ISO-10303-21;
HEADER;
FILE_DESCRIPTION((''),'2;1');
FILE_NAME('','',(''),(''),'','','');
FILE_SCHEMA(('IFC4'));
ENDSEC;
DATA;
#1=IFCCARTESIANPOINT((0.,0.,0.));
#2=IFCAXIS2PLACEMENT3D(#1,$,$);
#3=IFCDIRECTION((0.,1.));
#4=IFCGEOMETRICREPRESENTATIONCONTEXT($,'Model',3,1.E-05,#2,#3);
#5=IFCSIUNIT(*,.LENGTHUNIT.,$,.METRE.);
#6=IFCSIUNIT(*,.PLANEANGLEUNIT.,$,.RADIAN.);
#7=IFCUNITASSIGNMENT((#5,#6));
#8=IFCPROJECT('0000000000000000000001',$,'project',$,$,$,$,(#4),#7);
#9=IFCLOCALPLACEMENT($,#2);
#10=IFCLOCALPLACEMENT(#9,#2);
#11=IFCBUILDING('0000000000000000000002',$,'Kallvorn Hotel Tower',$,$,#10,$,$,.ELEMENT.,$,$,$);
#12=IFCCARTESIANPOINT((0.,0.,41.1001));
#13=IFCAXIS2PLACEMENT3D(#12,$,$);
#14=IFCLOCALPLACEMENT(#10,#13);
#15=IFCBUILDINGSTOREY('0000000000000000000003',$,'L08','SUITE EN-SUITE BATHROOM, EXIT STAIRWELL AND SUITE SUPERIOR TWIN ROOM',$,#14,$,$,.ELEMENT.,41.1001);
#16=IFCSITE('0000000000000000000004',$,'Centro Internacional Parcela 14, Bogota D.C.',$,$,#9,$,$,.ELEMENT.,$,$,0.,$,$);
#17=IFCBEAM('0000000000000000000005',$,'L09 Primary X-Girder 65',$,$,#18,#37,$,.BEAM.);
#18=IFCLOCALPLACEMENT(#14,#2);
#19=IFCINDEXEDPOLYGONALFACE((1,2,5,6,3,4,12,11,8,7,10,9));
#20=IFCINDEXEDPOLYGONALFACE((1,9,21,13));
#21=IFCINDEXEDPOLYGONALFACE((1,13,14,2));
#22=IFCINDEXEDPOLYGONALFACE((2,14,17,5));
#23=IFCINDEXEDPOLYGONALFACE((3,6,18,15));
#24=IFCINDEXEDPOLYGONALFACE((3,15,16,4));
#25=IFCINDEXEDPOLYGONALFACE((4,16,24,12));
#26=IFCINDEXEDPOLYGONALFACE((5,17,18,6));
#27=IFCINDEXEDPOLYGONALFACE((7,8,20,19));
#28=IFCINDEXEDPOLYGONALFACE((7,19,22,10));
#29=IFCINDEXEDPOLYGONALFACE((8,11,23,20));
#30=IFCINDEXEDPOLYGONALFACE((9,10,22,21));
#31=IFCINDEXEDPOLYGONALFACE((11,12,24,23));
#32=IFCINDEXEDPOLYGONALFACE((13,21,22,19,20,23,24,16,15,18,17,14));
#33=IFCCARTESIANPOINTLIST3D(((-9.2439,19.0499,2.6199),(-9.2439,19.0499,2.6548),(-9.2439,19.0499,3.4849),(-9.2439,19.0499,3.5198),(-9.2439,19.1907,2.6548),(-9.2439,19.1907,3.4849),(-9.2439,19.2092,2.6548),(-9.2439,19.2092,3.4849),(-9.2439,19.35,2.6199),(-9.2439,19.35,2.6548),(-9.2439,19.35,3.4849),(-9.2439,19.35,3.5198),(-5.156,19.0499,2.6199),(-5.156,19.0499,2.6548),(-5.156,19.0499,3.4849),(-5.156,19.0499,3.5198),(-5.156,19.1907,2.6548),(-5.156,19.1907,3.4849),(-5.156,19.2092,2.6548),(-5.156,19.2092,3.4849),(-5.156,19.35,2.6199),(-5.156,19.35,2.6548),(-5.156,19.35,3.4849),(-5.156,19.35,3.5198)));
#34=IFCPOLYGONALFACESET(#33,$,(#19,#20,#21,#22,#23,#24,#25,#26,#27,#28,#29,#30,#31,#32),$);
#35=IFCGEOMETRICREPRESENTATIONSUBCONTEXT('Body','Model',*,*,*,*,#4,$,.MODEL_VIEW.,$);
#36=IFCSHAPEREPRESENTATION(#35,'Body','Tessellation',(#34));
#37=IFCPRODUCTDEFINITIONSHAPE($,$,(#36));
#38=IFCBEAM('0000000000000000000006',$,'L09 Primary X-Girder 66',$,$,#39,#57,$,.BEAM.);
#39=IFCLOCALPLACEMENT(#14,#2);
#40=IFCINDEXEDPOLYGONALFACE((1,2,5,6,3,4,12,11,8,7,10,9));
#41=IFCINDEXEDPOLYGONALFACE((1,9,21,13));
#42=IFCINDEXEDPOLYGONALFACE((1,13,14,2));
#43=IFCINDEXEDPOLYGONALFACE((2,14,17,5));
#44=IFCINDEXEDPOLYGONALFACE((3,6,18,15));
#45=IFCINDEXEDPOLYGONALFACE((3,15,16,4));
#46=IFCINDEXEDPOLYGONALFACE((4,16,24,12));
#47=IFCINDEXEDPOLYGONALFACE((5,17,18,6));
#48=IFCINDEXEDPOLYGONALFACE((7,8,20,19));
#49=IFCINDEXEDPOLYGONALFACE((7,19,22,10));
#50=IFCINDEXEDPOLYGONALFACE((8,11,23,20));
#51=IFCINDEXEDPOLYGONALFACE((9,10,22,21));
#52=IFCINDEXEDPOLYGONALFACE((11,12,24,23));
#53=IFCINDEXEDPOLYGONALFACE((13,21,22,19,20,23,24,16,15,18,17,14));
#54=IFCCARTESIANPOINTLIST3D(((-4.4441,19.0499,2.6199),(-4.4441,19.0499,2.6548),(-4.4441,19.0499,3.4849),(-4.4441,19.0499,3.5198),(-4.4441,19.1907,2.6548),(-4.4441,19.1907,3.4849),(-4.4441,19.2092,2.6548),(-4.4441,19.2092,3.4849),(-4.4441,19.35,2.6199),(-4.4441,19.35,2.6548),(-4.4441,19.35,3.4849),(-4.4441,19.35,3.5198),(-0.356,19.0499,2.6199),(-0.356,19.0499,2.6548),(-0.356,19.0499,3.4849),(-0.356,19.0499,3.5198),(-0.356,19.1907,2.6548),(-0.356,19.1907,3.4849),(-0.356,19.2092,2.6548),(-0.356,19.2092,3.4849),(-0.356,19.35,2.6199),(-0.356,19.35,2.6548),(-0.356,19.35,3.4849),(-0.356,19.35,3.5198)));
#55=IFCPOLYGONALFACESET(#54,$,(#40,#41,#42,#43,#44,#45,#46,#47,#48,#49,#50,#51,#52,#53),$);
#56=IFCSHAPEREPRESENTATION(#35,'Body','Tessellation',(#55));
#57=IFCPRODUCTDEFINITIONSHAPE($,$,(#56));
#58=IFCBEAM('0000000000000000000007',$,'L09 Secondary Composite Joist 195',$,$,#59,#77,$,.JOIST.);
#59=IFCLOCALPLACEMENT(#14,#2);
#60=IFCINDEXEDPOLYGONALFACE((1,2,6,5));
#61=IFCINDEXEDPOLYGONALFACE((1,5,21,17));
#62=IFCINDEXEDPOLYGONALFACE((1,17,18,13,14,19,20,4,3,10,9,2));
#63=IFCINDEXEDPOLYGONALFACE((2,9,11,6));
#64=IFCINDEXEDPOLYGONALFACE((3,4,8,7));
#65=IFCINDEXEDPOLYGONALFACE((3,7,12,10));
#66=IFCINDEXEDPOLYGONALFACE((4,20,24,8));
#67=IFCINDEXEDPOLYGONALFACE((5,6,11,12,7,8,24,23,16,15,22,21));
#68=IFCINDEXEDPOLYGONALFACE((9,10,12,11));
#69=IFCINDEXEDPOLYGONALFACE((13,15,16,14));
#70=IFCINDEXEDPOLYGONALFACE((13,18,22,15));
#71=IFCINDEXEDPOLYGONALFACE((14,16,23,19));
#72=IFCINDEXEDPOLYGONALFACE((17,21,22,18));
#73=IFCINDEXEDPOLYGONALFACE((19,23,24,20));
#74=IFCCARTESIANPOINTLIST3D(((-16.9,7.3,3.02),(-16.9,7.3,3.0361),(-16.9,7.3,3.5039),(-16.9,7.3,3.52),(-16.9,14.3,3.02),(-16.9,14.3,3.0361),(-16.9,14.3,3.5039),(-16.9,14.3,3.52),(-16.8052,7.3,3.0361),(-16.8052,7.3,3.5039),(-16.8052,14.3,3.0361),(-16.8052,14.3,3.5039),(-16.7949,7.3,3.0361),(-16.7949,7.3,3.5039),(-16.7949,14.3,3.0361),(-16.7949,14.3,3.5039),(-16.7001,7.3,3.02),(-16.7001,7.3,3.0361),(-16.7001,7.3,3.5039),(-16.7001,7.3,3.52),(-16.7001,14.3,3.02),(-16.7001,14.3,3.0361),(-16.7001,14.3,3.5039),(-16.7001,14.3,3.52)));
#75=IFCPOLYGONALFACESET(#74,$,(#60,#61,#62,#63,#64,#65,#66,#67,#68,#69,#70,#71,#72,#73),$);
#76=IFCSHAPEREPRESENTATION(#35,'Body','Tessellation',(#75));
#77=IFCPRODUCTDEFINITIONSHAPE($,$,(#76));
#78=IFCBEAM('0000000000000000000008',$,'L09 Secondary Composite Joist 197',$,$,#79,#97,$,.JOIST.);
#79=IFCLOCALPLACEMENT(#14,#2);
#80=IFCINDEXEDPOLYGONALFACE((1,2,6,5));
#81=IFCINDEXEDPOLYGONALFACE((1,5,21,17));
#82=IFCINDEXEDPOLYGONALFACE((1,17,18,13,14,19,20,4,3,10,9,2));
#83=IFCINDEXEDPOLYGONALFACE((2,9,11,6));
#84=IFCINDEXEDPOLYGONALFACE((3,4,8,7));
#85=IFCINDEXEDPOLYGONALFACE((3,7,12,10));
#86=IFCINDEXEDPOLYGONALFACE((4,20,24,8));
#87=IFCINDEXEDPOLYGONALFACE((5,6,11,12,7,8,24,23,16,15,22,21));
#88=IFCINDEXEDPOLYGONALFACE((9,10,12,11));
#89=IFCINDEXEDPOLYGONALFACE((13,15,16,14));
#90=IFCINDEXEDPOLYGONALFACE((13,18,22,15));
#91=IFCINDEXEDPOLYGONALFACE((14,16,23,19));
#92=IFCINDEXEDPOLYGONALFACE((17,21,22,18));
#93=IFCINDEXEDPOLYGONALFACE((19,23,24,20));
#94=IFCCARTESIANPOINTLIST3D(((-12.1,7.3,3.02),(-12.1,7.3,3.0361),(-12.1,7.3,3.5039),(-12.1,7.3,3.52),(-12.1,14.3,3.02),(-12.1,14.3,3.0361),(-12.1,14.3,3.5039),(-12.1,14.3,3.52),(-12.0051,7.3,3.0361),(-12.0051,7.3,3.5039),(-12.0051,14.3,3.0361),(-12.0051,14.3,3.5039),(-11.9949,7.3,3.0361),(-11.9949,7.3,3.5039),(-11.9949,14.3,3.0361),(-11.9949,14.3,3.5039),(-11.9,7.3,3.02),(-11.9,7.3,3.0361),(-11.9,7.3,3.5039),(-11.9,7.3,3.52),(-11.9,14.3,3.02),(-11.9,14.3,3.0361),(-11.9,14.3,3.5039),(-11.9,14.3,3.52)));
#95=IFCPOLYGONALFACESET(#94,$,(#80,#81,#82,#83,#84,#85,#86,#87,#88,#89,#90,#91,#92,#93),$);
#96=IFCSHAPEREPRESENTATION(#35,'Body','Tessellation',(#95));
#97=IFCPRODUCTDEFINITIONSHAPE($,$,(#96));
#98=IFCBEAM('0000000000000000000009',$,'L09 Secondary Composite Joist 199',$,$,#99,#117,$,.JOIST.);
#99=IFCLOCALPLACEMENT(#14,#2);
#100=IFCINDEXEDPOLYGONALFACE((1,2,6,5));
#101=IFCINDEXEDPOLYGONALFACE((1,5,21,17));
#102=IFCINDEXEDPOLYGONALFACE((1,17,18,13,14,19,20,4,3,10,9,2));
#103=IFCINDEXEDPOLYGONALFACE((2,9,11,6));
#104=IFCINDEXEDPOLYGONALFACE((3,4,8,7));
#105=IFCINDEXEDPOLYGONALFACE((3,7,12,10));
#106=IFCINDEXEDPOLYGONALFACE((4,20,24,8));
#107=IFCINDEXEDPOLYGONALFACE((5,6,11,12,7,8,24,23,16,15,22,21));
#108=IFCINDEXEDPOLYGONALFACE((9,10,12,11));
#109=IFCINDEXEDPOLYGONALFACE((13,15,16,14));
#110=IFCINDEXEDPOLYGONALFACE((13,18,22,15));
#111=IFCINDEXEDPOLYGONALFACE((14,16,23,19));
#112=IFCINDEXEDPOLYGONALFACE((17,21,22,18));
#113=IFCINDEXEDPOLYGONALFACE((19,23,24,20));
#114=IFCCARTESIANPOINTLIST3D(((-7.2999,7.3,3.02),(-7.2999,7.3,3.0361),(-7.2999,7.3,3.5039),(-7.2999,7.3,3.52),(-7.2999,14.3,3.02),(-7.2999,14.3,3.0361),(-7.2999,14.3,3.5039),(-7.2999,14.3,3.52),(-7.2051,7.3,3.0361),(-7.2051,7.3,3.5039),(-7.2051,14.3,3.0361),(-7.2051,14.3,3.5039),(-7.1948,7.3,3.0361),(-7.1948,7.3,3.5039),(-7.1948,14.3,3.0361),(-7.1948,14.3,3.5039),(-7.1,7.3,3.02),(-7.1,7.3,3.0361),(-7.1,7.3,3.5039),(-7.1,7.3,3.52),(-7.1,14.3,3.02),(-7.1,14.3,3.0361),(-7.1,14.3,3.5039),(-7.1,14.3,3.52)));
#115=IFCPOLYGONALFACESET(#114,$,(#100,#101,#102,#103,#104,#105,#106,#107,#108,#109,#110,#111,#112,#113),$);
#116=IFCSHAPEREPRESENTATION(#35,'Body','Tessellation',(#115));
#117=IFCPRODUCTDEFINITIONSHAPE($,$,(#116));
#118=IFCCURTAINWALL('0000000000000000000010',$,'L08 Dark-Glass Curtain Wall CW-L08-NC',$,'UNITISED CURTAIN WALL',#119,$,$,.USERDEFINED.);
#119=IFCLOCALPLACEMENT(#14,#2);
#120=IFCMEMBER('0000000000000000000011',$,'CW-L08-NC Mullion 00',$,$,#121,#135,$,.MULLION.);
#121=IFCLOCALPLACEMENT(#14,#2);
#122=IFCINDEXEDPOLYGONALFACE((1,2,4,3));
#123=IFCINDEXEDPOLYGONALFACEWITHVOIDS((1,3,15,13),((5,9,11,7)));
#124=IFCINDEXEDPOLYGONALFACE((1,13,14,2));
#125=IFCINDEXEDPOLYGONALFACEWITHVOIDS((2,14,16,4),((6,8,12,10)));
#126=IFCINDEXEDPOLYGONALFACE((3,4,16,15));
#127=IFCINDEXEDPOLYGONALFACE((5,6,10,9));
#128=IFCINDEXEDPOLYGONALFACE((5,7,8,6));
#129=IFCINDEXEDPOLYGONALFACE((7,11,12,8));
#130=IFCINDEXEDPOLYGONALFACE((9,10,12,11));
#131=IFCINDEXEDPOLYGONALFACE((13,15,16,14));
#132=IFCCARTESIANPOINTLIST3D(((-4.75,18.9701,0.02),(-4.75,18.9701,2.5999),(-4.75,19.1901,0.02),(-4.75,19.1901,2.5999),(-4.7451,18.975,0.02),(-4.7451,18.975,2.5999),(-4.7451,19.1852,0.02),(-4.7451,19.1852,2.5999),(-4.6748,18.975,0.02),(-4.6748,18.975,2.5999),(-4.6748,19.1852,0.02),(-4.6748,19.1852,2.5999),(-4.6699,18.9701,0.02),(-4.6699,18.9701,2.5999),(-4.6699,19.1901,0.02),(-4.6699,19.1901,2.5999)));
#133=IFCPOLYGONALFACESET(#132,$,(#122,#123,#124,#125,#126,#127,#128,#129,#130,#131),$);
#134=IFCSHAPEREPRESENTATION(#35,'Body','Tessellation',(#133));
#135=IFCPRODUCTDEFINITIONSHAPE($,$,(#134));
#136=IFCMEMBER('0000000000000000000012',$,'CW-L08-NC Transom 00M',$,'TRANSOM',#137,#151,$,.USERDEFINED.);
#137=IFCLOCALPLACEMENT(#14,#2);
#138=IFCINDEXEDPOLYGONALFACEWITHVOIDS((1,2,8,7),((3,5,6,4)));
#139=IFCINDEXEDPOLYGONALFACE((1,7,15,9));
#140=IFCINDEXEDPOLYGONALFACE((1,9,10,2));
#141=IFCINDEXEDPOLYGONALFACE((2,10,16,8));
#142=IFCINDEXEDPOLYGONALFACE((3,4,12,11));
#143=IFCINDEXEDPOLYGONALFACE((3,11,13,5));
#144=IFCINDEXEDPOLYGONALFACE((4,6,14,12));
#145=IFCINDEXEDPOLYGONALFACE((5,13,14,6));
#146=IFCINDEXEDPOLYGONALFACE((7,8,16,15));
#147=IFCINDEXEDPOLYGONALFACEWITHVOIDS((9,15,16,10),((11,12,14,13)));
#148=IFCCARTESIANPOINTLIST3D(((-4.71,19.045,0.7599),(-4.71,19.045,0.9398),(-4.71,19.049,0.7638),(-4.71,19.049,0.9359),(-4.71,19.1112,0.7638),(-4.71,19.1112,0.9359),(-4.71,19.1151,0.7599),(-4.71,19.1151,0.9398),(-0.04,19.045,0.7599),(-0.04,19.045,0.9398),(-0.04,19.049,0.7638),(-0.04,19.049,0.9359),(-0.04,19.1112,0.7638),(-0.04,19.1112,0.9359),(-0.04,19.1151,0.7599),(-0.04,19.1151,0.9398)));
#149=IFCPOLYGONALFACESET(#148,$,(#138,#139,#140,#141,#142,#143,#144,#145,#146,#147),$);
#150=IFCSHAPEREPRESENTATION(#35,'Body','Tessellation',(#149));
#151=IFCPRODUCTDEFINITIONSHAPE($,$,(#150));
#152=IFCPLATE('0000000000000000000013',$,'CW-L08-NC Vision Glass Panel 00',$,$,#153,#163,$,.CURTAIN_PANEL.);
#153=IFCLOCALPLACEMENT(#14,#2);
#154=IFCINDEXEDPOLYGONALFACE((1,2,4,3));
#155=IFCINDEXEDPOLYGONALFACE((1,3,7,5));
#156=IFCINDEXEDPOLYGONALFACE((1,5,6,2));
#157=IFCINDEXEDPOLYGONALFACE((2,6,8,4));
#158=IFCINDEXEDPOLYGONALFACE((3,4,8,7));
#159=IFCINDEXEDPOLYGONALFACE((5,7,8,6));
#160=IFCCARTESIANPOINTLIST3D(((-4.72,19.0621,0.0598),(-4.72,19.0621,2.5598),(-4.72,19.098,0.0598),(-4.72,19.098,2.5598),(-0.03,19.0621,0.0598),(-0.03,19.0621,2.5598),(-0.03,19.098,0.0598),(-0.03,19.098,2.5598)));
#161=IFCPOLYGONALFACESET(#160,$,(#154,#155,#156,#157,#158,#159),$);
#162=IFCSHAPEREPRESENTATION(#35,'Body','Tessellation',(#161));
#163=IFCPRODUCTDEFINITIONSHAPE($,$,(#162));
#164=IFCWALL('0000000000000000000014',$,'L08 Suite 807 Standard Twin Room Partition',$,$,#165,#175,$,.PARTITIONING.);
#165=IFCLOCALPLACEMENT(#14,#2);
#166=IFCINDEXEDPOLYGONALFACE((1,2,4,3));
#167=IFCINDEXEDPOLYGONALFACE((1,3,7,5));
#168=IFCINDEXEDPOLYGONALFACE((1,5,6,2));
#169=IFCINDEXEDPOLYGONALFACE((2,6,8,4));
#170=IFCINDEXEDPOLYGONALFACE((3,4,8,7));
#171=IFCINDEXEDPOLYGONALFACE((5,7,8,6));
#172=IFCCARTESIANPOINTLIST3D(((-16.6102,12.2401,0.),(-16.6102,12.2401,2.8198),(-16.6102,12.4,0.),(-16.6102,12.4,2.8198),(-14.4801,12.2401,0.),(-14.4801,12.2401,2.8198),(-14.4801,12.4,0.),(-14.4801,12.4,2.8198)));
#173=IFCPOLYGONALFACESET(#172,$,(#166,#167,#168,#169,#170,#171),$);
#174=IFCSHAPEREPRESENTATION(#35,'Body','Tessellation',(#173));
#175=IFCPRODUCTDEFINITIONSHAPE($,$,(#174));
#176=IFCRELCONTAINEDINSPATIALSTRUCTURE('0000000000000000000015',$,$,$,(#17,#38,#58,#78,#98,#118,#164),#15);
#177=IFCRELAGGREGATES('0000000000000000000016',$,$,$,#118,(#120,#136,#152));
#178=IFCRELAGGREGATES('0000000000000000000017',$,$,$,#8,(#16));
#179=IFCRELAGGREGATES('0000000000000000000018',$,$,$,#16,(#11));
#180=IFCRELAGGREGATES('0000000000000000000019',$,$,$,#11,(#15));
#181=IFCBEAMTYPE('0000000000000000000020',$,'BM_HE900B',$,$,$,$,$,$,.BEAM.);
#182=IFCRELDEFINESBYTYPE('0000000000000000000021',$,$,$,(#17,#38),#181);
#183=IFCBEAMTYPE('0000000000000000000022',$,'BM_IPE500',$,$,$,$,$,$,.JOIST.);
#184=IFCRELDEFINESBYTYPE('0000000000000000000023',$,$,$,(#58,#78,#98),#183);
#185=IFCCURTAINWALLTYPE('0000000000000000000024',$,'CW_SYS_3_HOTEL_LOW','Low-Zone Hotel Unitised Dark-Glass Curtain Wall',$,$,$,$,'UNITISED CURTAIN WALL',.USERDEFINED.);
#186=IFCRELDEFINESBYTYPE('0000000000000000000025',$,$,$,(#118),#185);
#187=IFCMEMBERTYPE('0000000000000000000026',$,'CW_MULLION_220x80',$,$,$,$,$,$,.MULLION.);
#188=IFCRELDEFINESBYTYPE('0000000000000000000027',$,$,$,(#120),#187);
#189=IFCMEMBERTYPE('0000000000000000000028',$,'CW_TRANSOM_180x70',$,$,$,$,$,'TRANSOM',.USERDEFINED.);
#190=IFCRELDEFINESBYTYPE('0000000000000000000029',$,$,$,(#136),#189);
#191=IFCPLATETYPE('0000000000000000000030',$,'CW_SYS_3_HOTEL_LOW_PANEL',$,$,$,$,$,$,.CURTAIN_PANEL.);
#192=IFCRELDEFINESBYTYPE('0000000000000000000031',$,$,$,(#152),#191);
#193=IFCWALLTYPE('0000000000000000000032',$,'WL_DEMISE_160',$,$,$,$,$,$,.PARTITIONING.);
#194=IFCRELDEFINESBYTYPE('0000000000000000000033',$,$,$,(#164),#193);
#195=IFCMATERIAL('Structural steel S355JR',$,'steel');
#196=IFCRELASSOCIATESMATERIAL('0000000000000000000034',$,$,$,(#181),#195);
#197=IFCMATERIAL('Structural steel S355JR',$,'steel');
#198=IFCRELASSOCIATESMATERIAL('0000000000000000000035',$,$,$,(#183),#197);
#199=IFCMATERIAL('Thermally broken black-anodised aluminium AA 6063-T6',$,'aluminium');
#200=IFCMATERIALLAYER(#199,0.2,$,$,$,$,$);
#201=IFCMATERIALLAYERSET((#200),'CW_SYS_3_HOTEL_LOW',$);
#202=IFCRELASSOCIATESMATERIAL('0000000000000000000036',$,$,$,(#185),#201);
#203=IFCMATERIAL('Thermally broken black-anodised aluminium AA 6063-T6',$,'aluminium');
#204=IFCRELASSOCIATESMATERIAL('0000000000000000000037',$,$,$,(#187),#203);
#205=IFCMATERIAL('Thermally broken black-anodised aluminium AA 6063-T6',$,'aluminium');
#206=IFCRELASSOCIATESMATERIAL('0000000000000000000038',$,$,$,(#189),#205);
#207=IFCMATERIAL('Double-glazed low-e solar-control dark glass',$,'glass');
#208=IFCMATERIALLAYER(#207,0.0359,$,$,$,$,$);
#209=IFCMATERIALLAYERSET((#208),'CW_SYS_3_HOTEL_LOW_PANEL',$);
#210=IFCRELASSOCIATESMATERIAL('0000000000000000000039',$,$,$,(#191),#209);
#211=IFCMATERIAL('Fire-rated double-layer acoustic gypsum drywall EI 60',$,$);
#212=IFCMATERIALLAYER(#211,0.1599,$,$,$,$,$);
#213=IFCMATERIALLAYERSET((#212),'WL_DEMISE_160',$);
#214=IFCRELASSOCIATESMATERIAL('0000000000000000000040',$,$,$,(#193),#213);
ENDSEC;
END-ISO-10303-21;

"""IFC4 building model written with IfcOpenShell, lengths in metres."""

from ifc_helpers import new_model, si_unit, direction, frame, frame_2d, origin, origin_2d, place, context, subcontext, project, spatial, rectangle, hollow_rectangle, i_section, extrude, material, layer, layer_set, material_profile, profile_set, type_object, element, aggregate, save


model = new_model("IFC4")

# Units and contexts
model_context = context("Model", 3, precision=1e-05, world=origin(), true_north=direction((0.0, 1.0)))
body_context = subcontext(model_context, "Body", "Model", "MODEL_VIEW")
ifc_project = project(units=[si_unit("LENGTHUNIT", "METRE"), si_unit("PLANEANGLEUNIT", "RADIAN")], contexts=[model_context])

# Site, building, storey
site_placement = place(None, origin())
site = spatial("IfcSite", under=ifc_project, at=site_placement, Name="Centro Internacional Parcela 14, Bogota D.C.", CompositionType="ELEMENT", RefElevation=0.0)
building_placement = place(site_placement, origin())
building = spatial("IfcBuilding", under=site, at=building_placement, Name="Kallvorn Hotel Tower", CompositionType="ELEMENT")
storey_placement = place(building_placement, frame((0.0, 0.0, 41.1001)))
storey = spatial("IfcBuildingStorey", under=building, at=storey_placement, Name="L08", Description="SUITE EN-SUITE BATHROOM, EXIT STAIRWELL AND SUITE SUPERIOR TWIN ROOM", CompositionType="ELEMENT", Elevation=41.1001)

# Beams
ifc_material_1 = material(Name="Structural steel S355JR", Category="steel")
ifc_material_profile_1 = material_profile(ifc_material_1, i_section(OverallWidth=0.3, OverallDepth=0.8999, WebThickness=0.0186, FlangeThickness=0.0349, at=origin_2d()), Name="HE 900 B")
ifc_profile_set_1 = profile_set([ifc_material_profile_1], Name="Structural steel S355JR")
beam_type_1 = type_object("IfcBeamType", Name="BM_HE900B", PredefinedType="BEAM", material=ifc_profile_set_1)
for number, where, z_axis, x_axis, name in (
    (1, (-9.2439, 19.2, 3.0698), (1.0, 0.0, 0.0), (0.0, 1.0, 0.0), "L09 Primary X-Girder 65"),
):
    element("IfcBeam", number, at=place(storey_placement, frame(where, z_axis=z_axis, x_axis=x_axis)), inside=storey, type_object=beam_type_1, Name=name, PredefinedType="BEAM", context=body_context, shape_type="SweptSolid", body=[
        extrude(i_section(OverallWidth=0.3, OverallDepth=0.8999, WebThickness=0.0186, FlangeThickness=0.0349, at=origin_2d()), origin(), (0.0, 0.0, 1.0), 4.0879),
    ])
beam_1_placement = place(storey_placement, frame((-4.4441, 19.2, 3.0698), z_axis=(1.0, 0.0, 0.0), x_axis=(0.0, 1.0, 0.0)))
element("IfcBeam", 2, at=beam_1_placement, inside=storey, type_object=beam_type_1, Name="L09 Primary X-Girder 66", PredefinedType="BEAM", context=body_context, shape_type="SweptSolid", body=[
    extrude(i_section(OverallWidth=0.3, OverallDepth=0.8999, WebThickness=0.0186, FlangeThickness=0.0349, at=origin_2d()), origin(), (0.0, 0.0, 1.0), 4.0881),
])
ifc_material_2 = material(Name="Structural steel S355JR", Category="steel")
ifc_material_profile_2 = material_profile(ifc_material_2, i_section(OverallWidth=0.2, OverallDepth=0.5, WebThickness=0.0103, FlangeThickness=0.0161, at=origin_2d()), Name="IPE 500")
ifc_profile_set_2 = profile_set([ifc_material_profile_2], Name="Structural steel S355JR")
beam_type_2 = type_object("IfcBeamType", Name="BM_IPE500", PredefinedType="JOIST", material=ifc_profile_set_2)
for number, where, z_axis, x_axis, name in (
    (3, (-16.8, 7.3, 3.27), (0.0, 1.0, 0.0), (-1.0, 0.0, 0.0), "L09 Secondary Composite Joist 195"),
    (4, (-12.0, 7.3, 3.27), (0.0, 1.0, 0.0), (-1.0, 0.0, 0.0), "L09 Secondary Composite Joist 197"),
    (5, (-7.2, 7.3, 3.27), (0.0, 1.0, 0.0), (-1.0, 0.0, 0.0), "L09 Secondary Composite Joist 199"),
):
    element("IfcBeam", number, at=place(storey_placement, frame(where, z_axis=z_axis, x_axis=x_axis)), inside=storey, type_object=beam_type_2, Name=name, PredefinedType="JOIST", context=body_context, shape_type="SweptSolid", body=[
        extrude(i_section(OverallWidth=0.2, OverallDepth=0.5, WebThickness=0.0103, FlangeThickness=0.0161, at=origin_2d()), origin(), (0.0, 0.0, 1.0), 7.0),
    ])

# Curtain wall, members, plate
ifc_material_3 = material(Name="Thermally broken black-anodised aluminium AA 6063-T6", Category="aluminium")
ifc_layer_1 = layer(ifc_material_3, 0.2)
ifc_layer_set_1 = layer_set([ifc_layer_1], Name="CW_SYS_3_HOTEL_LOW")
curtain_wall_type = type_object("IfcCurtainWallType", Name="CW_SYS_3_HOTEL_LOW", Description="Low-Zone Hotel Unitised Dark-Glass Curtain Wall", ElementType="UNITISED CURTAIN WALL", PredefinedType="USERDEFINED", material=ifc_layer_set_1)
curtain_wall_placement = place(storey_placement, origin())
curtain_wall = element("IfcCurtainWall", 6, at=curtain_wall_placement, inside=storey, type_object=curtain_wall_type, Name="L08 Dark-Glass Curtain Wall CW-L08-NC", ObjectType="UNITISED CURTAIN WALL", PredefinedType="USERDEFINED")
ifc_material_4 = material(Name="Thermally broken black-anodised aluminium AA 6063-T6", Category="aluminium")
ifc_material_profile_3 = material_profile(ifc_material_4, hollow_rectangle(XDim=0.0801, YDim=0.22, WallThickness=0.0049, at=origin_2d()), Name="MUL 220x80")
ifc_profile_set_3 = profile_set([ifc_material_profile_3], Name="Thermally broken black-anodised aluminium AA 6063-T6")
member_type_1 = type_object("IfcMemberType", Name="CW_MULLION_220x80", PredefinedType="MULLION", material=ifc_profile_set_3)
member_1_placement = place(storey_placement, frame((-4.71, 19.0801, 0.02), z_axis=(0.0, 0.0, 1.0), x_axis=(1.0, 0.0, 0.0)))
member_1 = element("IfcMember", 7, at=member_1_placement, type_object=member_type_1, Name="CW-L08-NC Mullion 00", PredefinedType="MULLION", context=body_context, shape_type="SweptSolid", body=[
    extrude(hollow_rectangle(XDim=0.0801, YDim=0.22, WallThickness=0.0049, at=origin_2d()), origin(), (0.0, 0.0, 1.0), 2.5798),
])
ifc_material_5 = material(Name="Thermally broken black-anodised aluminium AA 6063-T6", Category="aluminium")
ifc_material_profile_4 = material_profile(ifc_material_5, hollow_rectangle(XDim=0.0701, YDim=0.1799, WallThickness=0.0039, at=origin_2d()), Name="TRN 180x70")
ifc_profile_set_4 = profile_set([ifc_material_profile_4], Name="Thermally broken black-anodised aluminium AA 6063-T6")
member_type_2 = type_object("IfcMemberType", Name="CW_TRANSOM_180x70", ElementType="TRANSOM", PredefinedType="USERDEFINED", material=ifc_profile_set_4)
member_2_placement = place(storey_placement, frame((-4.71, 19.0801, 0.8499), z_axis=(1.0, 0.0, 0.0), x_axis=(0.0, 1.0, 0.0)))
member_2 = element("IfcMember", 8, at=member_2_placement, type_object=member_type_2, Name="CW-L08-NC Transom 00M", ObjectType="TRANSOM", PredefinedType="USERDEFINED", context=body_context, shape_type="SweptSolid", body=[
    extrude(hollow_rectangle(XDim=0.0701, YDim=0.1799, WallThickness=0.0039, at=origin_2d()), origin(), (0.0, 0.0, 1.0), 4.6699),
])
ifc_material_6 = material(Name="Double-glazed low-e solar-control dark glass", Category="glass")
ifc_layer_2 = layer(ifc_material_6, 0.0359)
ifc_layer_set_2 = layer_set([ifc_layer_2], Name="CW_SYS_3_HOTEL_LOW_PANEL")
plate_type = type_object("IfcPlateType", Name="CW_SYS_3_HOTEL_LOW_PANEL", PredefinedType="CURTAIN_PANEL", material=ifc_layer_set_2)
plate_placement = place(storey_placement, frame((-2.375, 19.0801, 0.0598), z_axis=(0.0, 0.0, 1.0), x_axis=(1.0, 0.0, 0.0)))
plate = element("IfcPlate", 9, at=plate_placement, type_object=plate_type, Name="CW-L08-NC Vision Glass Panel 00", PredefinedType="CURTAIN_PANEL", context=body_context, shape_type="SweptSolid", body=[
    extrude(rectangle(XDim=4.6899, YDim=0.0359, at=origin_2d()), origin(), (0.0, 0.0, 1.0), 2.5),
])
aggregate(curtain_wall, [member_1, member_2, plate])

# Wall
ifc_material_7 = material(Name="Fire-rated double-layer acoustic gypsum drywall EI 60")
ifc_layer_3 = layer(ifc_material_7, 0.1599)
ifc_layer_set_3 = layer_set([ifc_layer_3], Name="WL_DEMISE_160")
wall_type = type_object("IfcWallType", Name="WL_DEMISE_160", PredefinedType="PARTITIONING", material=ifc_layer_set_3)
wall_1_placement = place(storey_placement, frame((-16.6101, 12.3201, 0.0), z_axis=(0.0, 0.0, 1.0), x_axis=(1.0, 0.0, 0.0)))
element("IfcWall", 10, at=wall_1_placement, inside=storey, type_object=wall_type, Name="L08 Suite 807 Standard Twin Room Partition", PredefinedType="PARTITIONING", context=body_context, shape_type="SweptSolid", body=[
    extrude(rectangle(XDim=2.1301, YDim=0.1599, at=frame_2d((1.0649, 0.0))), origin(), (0.0, 0.0, 1.0), 2.8198),
])

save(model, "model.ifc")
